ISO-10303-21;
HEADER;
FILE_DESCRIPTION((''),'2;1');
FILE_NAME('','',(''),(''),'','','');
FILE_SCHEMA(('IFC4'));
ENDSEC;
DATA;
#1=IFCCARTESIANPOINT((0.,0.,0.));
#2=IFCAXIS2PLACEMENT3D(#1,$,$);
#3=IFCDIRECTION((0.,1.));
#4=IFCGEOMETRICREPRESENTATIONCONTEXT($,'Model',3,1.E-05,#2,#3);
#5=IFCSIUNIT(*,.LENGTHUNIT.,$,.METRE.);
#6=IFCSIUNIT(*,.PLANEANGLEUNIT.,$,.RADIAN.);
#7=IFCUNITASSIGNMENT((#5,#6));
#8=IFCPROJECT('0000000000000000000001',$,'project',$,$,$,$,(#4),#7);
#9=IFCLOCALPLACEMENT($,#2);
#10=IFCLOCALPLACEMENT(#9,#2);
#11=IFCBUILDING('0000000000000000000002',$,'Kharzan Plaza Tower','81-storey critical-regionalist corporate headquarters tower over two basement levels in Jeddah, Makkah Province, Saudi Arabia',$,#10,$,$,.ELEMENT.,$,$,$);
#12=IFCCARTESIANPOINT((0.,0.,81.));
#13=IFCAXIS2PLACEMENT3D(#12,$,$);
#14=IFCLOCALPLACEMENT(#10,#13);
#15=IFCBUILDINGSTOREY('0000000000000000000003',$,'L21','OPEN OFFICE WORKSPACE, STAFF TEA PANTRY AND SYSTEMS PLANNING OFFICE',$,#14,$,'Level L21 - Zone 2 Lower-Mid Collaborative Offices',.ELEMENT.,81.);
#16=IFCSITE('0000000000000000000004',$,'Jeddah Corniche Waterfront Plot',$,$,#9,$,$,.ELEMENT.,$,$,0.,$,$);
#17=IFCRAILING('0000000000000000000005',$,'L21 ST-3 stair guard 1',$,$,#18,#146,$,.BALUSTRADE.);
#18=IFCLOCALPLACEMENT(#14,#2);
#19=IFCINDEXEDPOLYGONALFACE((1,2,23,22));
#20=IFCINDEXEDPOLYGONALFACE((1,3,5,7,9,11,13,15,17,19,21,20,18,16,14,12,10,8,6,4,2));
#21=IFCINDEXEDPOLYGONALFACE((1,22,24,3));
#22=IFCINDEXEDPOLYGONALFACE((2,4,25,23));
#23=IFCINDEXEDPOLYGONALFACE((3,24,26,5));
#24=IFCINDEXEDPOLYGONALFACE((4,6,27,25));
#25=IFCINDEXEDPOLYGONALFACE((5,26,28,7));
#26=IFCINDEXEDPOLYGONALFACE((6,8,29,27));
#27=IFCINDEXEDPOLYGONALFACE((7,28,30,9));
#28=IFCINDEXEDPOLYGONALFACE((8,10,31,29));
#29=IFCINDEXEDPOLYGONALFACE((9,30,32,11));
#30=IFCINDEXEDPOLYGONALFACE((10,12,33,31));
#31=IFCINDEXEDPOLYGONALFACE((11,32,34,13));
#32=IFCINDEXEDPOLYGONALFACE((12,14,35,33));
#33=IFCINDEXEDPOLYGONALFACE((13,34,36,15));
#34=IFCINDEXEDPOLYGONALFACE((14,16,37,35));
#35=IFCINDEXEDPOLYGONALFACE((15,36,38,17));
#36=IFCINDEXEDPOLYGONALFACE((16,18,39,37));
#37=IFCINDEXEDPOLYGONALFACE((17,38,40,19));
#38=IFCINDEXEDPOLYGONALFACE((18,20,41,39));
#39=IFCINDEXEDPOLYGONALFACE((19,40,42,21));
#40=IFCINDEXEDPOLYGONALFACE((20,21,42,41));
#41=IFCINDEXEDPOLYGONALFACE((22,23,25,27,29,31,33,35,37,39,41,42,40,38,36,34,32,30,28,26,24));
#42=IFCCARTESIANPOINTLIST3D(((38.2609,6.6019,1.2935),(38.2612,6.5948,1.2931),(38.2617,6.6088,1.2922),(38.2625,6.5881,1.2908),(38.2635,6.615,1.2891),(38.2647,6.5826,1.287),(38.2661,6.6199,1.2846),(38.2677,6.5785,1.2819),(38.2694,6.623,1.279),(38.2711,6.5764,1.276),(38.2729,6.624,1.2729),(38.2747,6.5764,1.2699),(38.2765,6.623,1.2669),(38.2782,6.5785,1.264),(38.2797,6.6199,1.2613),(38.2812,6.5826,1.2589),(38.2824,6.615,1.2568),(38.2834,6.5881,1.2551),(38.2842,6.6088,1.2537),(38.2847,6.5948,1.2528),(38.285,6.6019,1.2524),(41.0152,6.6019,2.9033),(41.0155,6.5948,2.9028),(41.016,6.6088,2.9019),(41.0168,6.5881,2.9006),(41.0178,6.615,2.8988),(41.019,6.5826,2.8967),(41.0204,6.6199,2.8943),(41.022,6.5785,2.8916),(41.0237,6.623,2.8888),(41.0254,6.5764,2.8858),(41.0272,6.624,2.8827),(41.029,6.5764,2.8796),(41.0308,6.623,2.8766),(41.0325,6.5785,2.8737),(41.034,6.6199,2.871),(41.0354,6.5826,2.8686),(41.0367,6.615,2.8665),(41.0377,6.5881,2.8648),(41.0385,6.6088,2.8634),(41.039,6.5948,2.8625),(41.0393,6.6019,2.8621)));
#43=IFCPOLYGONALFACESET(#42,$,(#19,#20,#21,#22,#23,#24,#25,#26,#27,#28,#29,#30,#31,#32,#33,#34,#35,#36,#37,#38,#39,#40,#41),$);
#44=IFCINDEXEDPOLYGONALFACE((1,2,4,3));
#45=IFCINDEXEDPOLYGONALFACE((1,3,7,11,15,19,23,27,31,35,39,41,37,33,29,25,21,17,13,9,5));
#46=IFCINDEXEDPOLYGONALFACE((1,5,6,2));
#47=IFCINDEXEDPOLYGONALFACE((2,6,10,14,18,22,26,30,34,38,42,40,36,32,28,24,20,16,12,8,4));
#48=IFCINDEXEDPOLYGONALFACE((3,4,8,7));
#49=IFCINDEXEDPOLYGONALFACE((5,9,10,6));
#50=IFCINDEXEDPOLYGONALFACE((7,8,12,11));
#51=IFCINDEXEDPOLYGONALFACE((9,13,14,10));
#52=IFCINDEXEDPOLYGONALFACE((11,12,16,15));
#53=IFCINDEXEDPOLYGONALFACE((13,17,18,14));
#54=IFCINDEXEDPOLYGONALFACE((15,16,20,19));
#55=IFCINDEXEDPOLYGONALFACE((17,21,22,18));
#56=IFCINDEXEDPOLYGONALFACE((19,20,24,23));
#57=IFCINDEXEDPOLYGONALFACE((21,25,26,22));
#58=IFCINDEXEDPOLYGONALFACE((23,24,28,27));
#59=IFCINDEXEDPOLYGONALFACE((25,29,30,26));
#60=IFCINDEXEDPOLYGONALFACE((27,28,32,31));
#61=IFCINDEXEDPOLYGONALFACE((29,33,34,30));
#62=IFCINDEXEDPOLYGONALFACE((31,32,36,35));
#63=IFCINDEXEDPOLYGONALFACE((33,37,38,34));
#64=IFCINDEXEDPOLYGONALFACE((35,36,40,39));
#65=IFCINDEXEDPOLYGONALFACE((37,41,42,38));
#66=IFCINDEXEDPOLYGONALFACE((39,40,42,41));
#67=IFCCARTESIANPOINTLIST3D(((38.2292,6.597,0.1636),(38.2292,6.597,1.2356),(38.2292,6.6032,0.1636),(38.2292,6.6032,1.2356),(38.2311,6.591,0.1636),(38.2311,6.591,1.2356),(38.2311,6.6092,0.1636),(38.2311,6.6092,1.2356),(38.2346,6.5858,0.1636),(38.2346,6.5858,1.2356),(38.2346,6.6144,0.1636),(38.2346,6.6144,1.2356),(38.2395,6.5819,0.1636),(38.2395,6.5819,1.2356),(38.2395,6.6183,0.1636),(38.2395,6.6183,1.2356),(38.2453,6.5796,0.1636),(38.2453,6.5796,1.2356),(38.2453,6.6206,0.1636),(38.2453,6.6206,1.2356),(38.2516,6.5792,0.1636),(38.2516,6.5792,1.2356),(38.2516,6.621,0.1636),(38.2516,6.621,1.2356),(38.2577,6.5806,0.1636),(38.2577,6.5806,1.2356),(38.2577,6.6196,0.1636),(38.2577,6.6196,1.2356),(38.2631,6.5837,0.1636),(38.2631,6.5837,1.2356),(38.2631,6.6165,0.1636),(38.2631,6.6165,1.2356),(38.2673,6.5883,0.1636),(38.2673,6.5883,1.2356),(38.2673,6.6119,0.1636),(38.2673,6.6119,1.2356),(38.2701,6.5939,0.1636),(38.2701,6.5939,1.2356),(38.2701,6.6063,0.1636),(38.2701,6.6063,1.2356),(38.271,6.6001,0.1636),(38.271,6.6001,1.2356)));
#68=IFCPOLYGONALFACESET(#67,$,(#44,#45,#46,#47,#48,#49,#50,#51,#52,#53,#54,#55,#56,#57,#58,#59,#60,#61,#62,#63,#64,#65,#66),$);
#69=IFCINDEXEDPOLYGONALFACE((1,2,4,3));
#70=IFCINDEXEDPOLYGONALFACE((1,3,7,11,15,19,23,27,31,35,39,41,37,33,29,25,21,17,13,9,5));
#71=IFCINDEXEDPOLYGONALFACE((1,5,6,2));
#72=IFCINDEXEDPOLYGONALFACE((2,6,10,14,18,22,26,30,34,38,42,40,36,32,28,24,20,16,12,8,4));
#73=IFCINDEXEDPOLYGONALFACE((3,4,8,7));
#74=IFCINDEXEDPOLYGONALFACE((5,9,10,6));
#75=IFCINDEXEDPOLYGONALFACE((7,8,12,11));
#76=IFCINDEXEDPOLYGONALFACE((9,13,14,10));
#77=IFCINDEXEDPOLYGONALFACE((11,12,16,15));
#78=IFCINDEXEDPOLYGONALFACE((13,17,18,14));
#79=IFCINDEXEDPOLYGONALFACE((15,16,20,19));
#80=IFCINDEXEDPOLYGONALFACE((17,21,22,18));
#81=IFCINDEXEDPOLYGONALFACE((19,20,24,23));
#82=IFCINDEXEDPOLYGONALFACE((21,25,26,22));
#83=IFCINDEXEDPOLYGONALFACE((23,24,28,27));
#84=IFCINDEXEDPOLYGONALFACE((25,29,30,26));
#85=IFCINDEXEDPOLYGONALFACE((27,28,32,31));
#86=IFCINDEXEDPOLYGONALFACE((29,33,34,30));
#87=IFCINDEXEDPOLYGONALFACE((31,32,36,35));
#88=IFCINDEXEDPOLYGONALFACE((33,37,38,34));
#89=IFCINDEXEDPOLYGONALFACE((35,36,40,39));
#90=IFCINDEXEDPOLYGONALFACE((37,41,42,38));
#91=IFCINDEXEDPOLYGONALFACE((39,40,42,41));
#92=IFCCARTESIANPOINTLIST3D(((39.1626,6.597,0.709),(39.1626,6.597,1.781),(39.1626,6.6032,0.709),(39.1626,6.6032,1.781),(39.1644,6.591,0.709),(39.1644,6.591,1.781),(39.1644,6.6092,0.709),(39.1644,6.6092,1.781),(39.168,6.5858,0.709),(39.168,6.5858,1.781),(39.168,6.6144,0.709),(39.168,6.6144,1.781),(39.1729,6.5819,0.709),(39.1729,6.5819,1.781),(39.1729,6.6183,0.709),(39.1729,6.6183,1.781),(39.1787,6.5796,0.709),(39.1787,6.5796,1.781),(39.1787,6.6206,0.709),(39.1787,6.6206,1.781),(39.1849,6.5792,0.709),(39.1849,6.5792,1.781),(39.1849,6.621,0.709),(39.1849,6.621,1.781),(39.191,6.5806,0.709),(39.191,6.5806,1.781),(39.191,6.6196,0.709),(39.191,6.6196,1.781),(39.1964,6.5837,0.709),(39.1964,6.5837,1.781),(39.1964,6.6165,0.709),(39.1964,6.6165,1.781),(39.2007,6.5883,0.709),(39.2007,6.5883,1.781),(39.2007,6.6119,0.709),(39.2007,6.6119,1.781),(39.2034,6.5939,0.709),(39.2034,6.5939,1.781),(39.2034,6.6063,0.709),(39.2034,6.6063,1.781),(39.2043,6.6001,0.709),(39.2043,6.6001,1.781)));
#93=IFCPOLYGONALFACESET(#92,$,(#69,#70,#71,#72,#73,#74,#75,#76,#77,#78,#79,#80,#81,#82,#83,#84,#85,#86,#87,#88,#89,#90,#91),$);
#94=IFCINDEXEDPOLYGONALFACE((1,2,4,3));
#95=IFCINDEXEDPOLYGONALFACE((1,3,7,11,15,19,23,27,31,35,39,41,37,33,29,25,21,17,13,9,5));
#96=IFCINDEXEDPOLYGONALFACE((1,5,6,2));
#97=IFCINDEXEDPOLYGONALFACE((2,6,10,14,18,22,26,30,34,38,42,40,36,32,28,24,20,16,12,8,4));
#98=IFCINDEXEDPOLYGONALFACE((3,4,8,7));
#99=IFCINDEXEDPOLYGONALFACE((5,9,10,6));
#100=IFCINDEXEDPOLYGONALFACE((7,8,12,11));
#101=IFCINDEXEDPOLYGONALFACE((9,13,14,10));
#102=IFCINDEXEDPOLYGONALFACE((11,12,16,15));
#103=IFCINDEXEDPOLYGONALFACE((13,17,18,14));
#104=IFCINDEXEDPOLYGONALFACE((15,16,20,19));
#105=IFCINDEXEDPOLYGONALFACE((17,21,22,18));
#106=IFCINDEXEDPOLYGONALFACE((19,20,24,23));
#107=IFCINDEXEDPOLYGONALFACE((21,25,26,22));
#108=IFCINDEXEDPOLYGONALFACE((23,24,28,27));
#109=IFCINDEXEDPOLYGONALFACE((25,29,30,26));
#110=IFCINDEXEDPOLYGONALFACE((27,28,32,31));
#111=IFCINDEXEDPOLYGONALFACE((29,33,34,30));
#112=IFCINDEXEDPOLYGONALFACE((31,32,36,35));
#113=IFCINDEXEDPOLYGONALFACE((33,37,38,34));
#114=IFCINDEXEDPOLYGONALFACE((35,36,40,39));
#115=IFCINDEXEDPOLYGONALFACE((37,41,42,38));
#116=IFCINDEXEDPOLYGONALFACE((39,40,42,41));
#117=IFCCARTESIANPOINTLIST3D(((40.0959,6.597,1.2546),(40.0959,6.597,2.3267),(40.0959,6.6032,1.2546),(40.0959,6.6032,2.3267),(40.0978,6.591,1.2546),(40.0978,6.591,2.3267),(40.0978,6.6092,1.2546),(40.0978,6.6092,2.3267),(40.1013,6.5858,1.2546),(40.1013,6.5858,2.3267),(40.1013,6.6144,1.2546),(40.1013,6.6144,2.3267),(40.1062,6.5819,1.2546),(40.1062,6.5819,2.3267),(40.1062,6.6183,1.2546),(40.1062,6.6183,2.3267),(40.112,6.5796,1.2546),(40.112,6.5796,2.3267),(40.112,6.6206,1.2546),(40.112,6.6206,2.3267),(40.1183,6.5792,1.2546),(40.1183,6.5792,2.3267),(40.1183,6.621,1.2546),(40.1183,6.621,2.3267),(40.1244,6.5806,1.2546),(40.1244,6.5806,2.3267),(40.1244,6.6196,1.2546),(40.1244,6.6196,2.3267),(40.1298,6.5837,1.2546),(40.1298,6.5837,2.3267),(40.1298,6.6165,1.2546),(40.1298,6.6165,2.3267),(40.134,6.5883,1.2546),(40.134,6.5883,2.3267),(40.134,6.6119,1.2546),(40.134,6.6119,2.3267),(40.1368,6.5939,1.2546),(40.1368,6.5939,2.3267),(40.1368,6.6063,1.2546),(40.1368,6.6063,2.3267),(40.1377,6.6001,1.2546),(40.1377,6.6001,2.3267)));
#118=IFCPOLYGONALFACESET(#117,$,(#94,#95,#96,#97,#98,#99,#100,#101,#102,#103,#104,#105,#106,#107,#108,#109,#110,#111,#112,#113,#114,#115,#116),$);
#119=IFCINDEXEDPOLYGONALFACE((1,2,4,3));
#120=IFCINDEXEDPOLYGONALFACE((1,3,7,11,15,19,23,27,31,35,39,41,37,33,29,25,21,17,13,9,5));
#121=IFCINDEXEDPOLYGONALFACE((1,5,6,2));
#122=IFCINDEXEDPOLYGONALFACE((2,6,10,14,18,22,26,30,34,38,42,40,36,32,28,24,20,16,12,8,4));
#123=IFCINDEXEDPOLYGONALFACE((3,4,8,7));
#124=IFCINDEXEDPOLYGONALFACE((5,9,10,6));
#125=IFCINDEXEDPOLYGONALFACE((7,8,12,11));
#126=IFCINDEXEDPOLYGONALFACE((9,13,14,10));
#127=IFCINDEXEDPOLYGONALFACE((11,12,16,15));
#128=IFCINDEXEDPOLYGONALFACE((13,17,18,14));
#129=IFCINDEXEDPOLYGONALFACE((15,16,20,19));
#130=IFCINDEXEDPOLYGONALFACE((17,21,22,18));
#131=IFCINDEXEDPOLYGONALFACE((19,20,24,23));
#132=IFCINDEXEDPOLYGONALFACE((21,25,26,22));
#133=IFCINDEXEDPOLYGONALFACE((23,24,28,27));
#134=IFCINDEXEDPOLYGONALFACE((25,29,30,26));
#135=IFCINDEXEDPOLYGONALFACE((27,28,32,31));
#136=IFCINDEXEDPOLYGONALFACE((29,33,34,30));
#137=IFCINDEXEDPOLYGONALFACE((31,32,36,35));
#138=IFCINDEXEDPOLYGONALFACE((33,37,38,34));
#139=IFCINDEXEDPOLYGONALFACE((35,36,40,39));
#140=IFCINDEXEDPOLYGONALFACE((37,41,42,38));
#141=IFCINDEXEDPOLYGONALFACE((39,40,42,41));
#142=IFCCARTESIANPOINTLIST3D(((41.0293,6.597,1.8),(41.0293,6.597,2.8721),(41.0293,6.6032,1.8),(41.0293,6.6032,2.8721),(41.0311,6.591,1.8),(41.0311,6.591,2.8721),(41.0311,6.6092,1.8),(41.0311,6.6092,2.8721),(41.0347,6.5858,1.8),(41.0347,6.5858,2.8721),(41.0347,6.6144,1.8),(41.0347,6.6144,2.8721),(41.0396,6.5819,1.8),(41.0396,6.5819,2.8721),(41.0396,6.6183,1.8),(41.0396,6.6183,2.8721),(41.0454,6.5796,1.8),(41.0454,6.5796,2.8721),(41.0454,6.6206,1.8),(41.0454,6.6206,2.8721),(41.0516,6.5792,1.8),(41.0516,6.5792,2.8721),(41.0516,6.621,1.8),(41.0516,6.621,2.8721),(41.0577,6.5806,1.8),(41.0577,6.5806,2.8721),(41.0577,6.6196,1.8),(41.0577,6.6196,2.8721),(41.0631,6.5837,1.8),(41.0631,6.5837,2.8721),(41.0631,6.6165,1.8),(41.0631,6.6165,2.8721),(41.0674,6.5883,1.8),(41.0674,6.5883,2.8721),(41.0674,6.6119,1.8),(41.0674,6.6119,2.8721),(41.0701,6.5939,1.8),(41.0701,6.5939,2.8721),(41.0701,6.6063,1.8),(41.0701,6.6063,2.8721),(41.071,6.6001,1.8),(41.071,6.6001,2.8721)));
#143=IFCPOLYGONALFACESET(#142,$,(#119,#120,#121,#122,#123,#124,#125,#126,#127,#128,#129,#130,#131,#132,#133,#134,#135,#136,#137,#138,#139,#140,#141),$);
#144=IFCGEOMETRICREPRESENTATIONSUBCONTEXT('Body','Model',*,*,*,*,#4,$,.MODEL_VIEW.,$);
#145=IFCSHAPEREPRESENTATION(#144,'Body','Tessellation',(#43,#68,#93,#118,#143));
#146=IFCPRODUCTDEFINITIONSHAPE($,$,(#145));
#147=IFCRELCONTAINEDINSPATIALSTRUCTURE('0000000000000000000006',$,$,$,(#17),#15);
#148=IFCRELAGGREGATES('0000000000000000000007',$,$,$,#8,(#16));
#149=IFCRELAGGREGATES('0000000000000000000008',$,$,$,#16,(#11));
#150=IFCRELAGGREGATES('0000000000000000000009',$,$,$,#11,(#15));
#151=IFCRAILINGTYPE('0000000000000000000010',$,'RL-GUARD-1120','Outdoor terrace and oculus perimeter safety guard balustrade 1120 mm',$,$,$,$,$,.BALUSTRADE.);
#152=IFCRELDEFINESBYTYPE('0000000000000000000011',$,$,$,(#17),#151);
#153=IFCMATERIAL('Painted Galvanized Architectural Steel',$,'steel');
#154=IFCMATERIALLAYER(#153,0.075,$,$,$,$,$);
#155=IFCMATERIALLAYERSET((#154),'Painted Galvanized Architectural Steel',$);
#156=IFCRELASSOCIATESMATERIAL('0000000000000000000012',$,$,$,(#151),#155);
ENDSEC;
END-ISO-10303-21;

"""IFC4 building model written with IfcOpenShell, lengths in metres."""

from ifc_helpers import new_model, si_unit, direction, frame, origin, origin_2d, place, context, subcontext, project, spatial, circle, extrude, source, transform, mapped, material, layer, layer_set, type_object, element, save


model = new_model("IFC4")

# Units and contexts
model_context = context("Model", 3, precision=1e-05, world=origin(), true_north=direction((0.0, 1.0)))
body_context = subcontext(model_context, "Body", "Model", "MODEL_VIEW")
ifc_project = project(units=[si_unit("LENGTHUNIT", "METRE"), si_unit("PLANEANGLEUNIT", "RADIAN")], contexts=[model_context])

# Site, building, storey
site_placement = place(None, origin())
site = spatial("IfcSite", under=ifc_project, at=site_placement, Name="Jeddah Corniche Waterfront Plot", CompositionType="ELEMENT", RefElevation=0.0)
building_placement = place(site_placement, origin())
building = spatial("IfcBuilding", under=site, at=building_placement, Name="Kharzan Plaza Tower", Description="81-storey critical-regionalist corporate headquarters tower over two basement levels in Jeddah, Makkah Province, Saudi Arabia", CompositionType="ELEMENT")
storey_placement = place(building_placement, frame((0.0, 0.0, 81.0)))
storey = spatial("IfcBuildingStorey", under=building, at=storey_placement, Name="L21", Description="OPEN OFFICE WORKSPACE, STAFF TEA PANTRY AND SYSTEMS PLANNING OFFICE", LongName="Level L21 - Zone 2 Lower-Mid Collaborative Offices", CompositionType="ELEMENT", Elevation=81.0)

# Railing
ifc_material_1 = material(Name="Painted Galvanized Architectural Steel", Category="steel")
ifc_layer_1 = layer(ifc_material_1, 0.075)
ifc_layer_set_1 = layer_set([ifc_layer_1], Name="Painted Galvanized Architectural Steel")
railing_type_1 = type_object("IfcRailingType", Name="RL-GUARD-1120", Description="Outdoor terrace and oculus perimeter safety guard balustrade 1120 mm", PredefinedType="BALUSTRADE", material=ifc_layer_set_1)
shared_shape_1 = source(origin(), body_context, "Body", "SweptSolid", [
    extrude(circle(Radius=0.0239, at=origin_2d()), frame((0.0229, 0.0, 1.1094), z_axis=(0.863361, 0.0, 0.504587), x_axis=(0.0, 1.0, 0.0)), (0.0, 0.0, 1.0), 3.1902),
    extrude(circle(Radius=0.021, at=origin_2d()), origin(), (0.0, 0.0, 1.0), 1.072),
    extrude(circle(Radius=0.021, at=origin_2d()), frame((0.9333, 0.0, 0.5454)), (0.0, 0.0, 1.0), 1.072),
    extrude(circle(Radius=0.021, at=origin_2d()), frame((1.8667, 0.0, 1.0911)), (0.0, 0.0, 1.0), 1.072),
    extrude(circle(Radius=0.021, at=origin_2d()), frame((2.8, 0.0, 1.6365)), (0.0, 0.0, 1.0), 1.072),
])
railing_1_placement = place(storey_placement, frame((38.25, 6.6001, 0.1636)))
element("IfcRailing", 1, at=railing_1_placement, inside=storey, type_object=railing_type_1, Name="L21 ST-3 stair guard 1", PredefinedType="BALUSTRADE", context=body_context, shape_type="MappedRepresentation", body=[
    mapped(shared_shape_1, transform((0.0, 0.0, 0.0), x_axis=(1.0, 0.0, 0.0), y_axis=(0.0, 1.0, 0.0), z_axis=(0.0, 0.0, 1.0))),
])

save(model, "model.ifc")
